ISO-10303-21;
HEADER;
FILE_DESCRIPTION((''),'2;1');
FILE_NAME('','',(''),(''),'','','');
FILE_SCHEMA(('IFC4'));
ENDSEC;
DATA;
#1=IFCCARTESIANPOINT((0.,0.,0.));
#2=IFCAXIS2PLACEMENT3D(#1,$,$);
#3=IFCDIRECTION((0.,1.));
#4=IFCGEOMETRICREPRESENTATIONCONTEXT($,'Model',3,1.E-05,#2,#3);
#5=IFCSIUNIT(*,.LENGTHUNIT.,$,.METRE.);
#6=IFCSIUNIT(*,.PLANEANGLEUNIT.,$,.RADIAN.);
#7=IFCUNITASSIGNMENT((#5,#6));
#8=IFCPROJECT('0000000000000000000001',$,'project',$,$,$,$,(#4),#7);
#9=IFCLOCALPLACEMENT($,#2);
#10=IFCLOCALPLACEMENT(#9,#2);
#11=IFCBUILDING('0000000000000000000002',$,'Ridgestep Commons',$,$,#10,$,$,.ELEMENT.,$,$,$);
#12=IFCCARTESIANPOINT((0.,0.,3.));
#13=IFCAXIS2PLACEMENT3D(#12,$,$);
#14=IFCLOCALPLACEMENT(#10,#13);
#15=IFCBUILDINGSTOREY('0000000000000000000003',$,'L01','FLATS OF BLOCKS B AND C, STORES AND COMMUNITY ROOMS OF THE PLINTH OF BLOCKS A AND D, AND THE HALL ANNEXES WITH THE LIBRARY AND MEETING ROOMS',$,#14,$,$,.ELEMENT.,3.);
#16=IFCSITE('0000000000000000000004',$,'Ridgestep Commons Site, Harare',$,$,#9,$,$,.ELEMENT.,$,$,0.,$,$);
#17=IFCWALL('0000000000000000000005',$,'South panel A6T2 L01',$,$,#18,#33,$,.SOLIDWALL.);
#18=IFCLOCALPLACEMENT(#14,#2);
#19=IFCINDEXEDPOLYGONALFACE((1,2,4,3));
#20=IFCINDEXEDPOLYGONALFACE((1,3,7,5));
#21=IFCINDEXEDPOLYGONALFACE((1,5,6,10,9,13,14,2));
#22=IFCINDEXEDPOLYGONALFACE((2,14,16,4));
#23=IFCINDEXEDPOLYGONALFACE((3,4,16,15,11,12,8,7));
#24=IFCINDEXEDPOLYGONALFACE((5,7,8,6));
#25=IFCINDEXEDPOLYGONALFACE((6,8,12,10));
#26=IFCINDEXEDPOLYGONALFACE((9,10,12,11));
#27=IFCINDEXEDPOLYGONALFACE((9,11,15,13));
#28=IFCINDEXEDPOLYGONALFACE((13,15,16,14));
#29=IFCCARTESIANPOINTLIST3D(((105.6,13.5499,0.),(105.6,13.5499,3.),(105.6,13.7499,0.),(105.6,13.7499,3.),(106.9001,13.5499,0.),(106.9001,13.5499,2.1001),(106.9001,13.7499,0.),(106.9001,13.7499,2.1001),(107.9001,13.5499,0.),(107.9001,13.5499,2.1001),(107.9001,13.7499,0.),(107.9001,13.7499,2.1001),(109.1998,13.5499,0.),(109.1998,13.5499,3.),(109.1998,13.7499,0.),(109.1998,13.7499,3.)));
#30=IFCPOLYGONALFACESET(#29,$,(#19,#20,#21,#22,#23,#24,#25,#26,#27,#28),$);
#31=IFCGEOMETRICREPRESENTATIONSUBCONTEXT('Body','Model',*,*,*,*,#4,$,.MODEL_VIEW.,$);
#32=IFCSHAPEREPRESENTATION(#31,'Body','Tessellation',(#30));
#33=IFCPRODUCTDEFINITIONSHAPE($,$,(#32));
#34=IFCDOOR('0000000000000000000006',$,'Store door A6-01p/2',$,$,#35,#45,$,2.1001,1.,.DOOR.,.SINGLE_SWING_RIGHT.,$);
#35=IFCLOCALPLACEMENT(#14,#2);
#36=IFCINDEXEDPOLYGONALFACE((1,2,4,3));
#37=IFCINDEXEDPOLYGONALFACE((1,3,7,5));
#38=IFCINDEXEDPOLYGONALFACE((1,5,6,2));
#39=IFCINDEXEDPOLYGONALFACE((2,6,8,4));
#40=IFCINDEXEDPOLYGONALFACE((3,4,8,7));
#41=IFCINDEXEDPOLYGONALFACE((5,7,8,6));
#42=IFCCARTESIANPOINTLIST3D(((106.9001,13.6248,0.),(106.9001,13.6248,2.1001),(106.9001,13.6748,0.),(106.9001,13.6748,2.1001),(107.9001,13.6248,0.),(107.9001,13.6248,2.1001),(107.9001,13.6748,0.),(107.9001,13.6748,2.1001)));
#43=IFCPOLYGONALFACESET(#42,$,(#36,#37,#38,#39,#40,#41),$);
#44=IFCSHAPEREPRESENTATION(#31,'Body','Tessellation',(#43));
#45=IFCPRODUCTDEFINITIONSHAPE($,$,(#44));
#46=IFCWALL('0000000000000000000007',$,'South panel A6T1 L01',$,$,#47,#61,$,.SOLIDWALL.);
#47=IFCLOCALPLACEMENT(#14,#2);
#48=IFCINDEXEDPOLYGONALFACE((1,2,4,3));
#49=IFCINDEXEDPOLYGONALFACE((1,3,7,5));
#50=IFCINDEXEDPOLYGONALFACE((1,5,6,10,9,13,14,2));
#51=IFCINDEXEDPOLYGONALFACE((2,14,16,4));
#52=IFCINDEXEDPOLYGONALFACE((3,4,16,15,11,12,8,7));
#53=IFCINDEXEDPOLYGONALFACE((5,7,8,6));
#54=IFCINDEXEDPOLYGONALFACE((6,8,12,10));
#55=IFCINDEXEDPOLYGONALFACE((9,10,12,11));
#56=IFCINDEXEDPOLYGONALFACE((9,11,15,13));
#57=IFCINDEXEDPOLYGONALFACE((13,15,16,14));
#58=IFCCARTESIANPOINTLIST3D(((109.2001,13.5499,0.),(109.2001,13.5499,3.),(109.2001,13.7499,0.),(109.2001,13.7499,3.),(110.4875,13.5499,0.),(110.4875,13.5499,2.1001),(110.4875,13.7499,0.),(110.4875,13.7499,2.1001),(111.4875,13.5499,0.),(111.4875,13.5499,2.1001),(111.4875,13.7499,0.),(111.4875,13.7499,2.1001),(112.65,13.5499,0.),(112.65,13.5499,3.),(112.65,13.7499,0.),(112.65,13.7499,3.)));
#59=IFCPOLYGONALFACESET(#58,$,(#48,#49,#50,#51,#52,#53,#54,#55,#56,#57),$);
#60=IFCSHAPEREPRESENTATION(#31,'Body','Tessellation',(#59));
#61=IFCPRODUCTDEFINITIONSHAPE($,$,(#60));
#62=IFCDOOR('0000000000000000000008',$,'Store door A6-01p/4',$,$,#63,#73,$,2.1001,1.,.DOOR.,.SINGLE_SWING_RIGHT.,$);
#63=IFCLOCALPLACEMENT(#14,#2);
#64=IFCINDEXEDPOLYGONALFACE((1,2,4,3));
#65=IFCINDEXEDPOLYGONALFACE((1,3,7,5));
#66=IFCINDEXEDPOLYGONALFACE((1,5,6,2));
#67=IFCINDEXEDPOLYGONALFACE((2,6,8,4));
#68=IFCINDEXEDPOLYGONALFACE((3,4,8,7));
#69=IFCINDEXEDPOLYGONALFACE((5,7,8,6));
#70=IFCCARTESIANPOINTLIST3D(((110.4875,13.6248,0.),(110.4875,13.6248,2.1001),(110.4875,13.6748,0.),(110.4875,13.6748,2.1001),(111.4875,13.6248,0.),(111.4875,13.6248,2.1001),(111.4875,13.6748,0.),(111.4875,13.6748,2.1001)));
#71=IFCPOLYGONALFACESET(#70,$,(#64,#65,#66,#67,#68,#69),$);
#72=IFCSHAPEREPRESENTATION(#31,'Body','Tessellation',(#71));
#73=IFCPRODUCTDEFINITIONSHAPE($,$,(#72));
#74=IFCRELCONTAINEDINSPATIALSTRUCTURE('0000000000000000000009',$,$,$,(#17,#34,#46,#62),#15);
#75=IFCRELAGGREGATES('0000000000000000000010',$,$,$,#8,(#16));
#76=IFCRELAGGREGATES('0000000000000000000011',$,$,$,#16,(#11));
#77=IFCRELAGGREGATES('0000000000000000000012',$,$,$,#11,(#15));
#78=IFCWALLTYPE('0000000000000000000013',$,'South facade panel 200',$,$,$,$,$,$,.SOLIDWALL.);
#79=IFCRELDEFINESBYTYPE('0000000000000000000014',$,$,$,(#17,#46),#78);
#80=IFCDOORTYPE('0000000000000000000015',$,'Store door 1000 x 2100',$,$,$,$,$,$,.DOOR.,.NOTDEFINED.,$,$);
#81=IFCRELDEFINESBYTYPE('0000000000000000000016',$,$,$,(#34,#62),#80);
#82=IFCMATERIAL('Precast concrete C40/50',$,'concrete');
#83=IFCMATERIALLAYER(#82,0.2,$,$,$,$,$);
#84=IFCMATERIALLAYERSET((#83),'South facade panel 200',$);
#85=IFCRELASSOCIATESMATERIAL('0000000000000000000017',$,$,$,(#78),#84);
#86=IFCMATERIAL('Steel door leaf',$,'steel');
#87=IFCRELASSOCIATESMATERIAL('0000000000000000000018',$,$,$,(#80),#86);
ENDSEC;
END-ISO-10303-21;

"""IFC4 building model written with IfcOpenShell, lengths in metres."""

from ifc_helpers import new_model, si_unit, direction, frame, frame_2d, origin, place, context, subcontext, project, spatial, rectangle, extrude, material, layer, layer_set, type_object, element, fill, save


model = new_model("IFC4")

# Units and contexts
model_context = context("Model", 3, precision=1e-05, world=origin(), true_north=direction((0.0, 1.0)))
body_context = subcontext(model_context, "Body", "Model", "MODEL_VIEW")
ifc_project = project(units=[si_unit("LENGTHUNIT", "METRE"), si_unit("PLANEANGLEUNIT", "RADIAN")], contexts=[model_context])

# Site, building, storey
site_placement = place(None, origin())
site = spatial("IfcSite", under=ifc_project, at=site_placement, Name="Ridgestep Commons Site, Harare", CompositionType="ELEMENT", RefElevation=0.0)
building_placement = place(site_placement, origin())
building = spatial("IfcBuilding", under=site, at=building_placement, Name="Ridgestep Commons", CompositionType="ELEMENT")
storey_placement = place(building_placement, frame((0.0, 0.0, 3.0)))
storey = spatial("IfcBuildingStorey", under=building, at=storey_placement, Name="L01", Description="FLATS OF BLOCKS B AND C, STORES AND COMMUNITY ROOMS OF THE PLINTH OF BLOCKS A AND D, AND THE HALL ANNEXES WITH THE LIBRARY AND MEETING ROOMS", CompositionType="ELEMENT", Elevation=3.0)

# Walls, openings, doors
ifc_material_1 = material(Name="Precast concrete C40/50", Category="concrete")
ifc_layer_1 = layer(ifc_material_1, 0.2)
ifc_layer_set_1 = layer_set([ifc_layer_1], Name="South facade panel 200")
wall_type_1 = type_object("IfcWallType", Name="South facade panel 200", PredefinedType="SOLIDWALL", material=ifc_layer_set_1)
wall_1_placement = place(storey_placement, frame((105.6001, 13.6499, 0.0), z_axis=(0.0, 0.0, 1.0), x_axis=(1.0, 0.0, 0.0)))
wall_1 = element("IfcWall", 1, at=wall_1_placement, inside=storey, type_object=wall_type_1, Name="South panel A6T2 L01", PredefinedType="SOLIDWALL", context=body_context, shape_type="SweptSolid", body=[
    extrude(rectangle(XDim=3.5999, YDim=0.2, at=frame_2d((1.7998, 0.0))), origin(), (0.0, 0.0, 1.0), 3.0),
])
opening_1_placement = place(wall_1_placement, frame((1.3, 0.0, 0.0)))
opening_1 = element("IfcOpeningElement", 2, at=opening_1_placement, cuts=wall_1, PredefinedType="OPENING", context=body_context, shape_type="SweptSolid", body=[
    extrude(rectangle(XDim=1.0, YDim=2.1001, at=frame_2d((0.5, 1.05))), frame((0.0, 0.1099, 0.0), z_axis=(0.0, -1.0, 0.0), x_axis=(1.0, 0.0, 0.0)), (0.0, 0.0, 1.0), 0.22),
])
ifc_material_2 = material(Name="Steel door leaf", Category="steel")
door_type_1 = type_object("IfcDoorType", Name="Store door 1000 x 2100", OperationType="NOTDEFINED", PredefinedType="DOOR", material=ifc_material_2)
door_1_placement = place(opening_1_placement, origin())
door_1 = element("IfcDoor", 3, at=door_1_placement, inside=storey, type_object=door_type_1, Name="Store door A6-01p/2", OperationType="SINGLE_SWING_RIGHT", OverallHeight=2.1001, OverallWidth=1.0, PredefinedType="DOOR", context=body_context, shape_type="SweptSolid", body=[
    extrude(rectangle(XDim=1.0, YDim=2.1001, at=frame_2d((0.5, 1.05))), frame((0.0, 0.0249, 0.0), z_axis=(0.0, -1.0, 0.0), x_axis=(1.0, 0.0, 0.0)), (0.0, 0.0, 1.0), 0.05),
])
fill(opening_1, door_1)
wall_2_placement = place(storey_placement, frame((109.2, 13.6499, 0.0), z_axis=(0.0, 0.0, 1.0), x_axis=(1.0, 0.0, 0.0)))
wall_2 = element("IfcWall", 4, at=wall_2_placement, inside=storey, type_object=wall_type_1, Name="South panel A6T1 L01", PredefinedType="SOLIDWALL", context=body_context, shape_type="SweptSolid", body=[
    extrude(rectangle(XDim=3.45, YDim=0.2, at=frame_2d((1.7251, 0.0))), origin(), (0.0, 0.0, 1.0), 3.0),
])
opening_2_placement = place(wall_2_placement, frame((1.2876, 0.0, 0.0)))
opening_2 = element("IfcOpeningElement", 5, at=opening_2_placement, cuts=wall_2, PredefinedType="OPENING", context=body_context, shape_type="SweptSolid", body=[
    extrude(rectangle(XDim=1.0, YDim=2.1001, at=frame_2d((0.5, 1.05))), frame((0.0, 0.1099, 0.0), z_axis=(0.0, -1.0, 0.0), x_axis=(1.0, 0.0, 0.0)), (0.0, 0.0, 1.0), 0.22),
])
door_2_placement = place(opening_2_placement, origin())
door_2 = element("IfcDoor", 6, at=door_2_placement, inside=storey, type_object=door_type_1, Name="Store door A6-01p/4", OperationType="SINGLE_SWING_RIGHT", OverallHeight=2.1001, OverallWidth=1.0, PredefinedType="DOOR", context=body_context, shape_type="SweptSolid", body=[
    extrude(rectangle(XDim=1.0, YDim=2.1001, at=frame_2d((0.5, 1.05))), frame((0.0, 0.0249, 0.0), z_axis=(0.0, -1.0, 0.0), x_axis=(1.0, 0.0, 0.0)), (0.0, 0.0, 1.0), 0.05),
])
fill(opening_2, door_2)

save(model, "model.ifc")
